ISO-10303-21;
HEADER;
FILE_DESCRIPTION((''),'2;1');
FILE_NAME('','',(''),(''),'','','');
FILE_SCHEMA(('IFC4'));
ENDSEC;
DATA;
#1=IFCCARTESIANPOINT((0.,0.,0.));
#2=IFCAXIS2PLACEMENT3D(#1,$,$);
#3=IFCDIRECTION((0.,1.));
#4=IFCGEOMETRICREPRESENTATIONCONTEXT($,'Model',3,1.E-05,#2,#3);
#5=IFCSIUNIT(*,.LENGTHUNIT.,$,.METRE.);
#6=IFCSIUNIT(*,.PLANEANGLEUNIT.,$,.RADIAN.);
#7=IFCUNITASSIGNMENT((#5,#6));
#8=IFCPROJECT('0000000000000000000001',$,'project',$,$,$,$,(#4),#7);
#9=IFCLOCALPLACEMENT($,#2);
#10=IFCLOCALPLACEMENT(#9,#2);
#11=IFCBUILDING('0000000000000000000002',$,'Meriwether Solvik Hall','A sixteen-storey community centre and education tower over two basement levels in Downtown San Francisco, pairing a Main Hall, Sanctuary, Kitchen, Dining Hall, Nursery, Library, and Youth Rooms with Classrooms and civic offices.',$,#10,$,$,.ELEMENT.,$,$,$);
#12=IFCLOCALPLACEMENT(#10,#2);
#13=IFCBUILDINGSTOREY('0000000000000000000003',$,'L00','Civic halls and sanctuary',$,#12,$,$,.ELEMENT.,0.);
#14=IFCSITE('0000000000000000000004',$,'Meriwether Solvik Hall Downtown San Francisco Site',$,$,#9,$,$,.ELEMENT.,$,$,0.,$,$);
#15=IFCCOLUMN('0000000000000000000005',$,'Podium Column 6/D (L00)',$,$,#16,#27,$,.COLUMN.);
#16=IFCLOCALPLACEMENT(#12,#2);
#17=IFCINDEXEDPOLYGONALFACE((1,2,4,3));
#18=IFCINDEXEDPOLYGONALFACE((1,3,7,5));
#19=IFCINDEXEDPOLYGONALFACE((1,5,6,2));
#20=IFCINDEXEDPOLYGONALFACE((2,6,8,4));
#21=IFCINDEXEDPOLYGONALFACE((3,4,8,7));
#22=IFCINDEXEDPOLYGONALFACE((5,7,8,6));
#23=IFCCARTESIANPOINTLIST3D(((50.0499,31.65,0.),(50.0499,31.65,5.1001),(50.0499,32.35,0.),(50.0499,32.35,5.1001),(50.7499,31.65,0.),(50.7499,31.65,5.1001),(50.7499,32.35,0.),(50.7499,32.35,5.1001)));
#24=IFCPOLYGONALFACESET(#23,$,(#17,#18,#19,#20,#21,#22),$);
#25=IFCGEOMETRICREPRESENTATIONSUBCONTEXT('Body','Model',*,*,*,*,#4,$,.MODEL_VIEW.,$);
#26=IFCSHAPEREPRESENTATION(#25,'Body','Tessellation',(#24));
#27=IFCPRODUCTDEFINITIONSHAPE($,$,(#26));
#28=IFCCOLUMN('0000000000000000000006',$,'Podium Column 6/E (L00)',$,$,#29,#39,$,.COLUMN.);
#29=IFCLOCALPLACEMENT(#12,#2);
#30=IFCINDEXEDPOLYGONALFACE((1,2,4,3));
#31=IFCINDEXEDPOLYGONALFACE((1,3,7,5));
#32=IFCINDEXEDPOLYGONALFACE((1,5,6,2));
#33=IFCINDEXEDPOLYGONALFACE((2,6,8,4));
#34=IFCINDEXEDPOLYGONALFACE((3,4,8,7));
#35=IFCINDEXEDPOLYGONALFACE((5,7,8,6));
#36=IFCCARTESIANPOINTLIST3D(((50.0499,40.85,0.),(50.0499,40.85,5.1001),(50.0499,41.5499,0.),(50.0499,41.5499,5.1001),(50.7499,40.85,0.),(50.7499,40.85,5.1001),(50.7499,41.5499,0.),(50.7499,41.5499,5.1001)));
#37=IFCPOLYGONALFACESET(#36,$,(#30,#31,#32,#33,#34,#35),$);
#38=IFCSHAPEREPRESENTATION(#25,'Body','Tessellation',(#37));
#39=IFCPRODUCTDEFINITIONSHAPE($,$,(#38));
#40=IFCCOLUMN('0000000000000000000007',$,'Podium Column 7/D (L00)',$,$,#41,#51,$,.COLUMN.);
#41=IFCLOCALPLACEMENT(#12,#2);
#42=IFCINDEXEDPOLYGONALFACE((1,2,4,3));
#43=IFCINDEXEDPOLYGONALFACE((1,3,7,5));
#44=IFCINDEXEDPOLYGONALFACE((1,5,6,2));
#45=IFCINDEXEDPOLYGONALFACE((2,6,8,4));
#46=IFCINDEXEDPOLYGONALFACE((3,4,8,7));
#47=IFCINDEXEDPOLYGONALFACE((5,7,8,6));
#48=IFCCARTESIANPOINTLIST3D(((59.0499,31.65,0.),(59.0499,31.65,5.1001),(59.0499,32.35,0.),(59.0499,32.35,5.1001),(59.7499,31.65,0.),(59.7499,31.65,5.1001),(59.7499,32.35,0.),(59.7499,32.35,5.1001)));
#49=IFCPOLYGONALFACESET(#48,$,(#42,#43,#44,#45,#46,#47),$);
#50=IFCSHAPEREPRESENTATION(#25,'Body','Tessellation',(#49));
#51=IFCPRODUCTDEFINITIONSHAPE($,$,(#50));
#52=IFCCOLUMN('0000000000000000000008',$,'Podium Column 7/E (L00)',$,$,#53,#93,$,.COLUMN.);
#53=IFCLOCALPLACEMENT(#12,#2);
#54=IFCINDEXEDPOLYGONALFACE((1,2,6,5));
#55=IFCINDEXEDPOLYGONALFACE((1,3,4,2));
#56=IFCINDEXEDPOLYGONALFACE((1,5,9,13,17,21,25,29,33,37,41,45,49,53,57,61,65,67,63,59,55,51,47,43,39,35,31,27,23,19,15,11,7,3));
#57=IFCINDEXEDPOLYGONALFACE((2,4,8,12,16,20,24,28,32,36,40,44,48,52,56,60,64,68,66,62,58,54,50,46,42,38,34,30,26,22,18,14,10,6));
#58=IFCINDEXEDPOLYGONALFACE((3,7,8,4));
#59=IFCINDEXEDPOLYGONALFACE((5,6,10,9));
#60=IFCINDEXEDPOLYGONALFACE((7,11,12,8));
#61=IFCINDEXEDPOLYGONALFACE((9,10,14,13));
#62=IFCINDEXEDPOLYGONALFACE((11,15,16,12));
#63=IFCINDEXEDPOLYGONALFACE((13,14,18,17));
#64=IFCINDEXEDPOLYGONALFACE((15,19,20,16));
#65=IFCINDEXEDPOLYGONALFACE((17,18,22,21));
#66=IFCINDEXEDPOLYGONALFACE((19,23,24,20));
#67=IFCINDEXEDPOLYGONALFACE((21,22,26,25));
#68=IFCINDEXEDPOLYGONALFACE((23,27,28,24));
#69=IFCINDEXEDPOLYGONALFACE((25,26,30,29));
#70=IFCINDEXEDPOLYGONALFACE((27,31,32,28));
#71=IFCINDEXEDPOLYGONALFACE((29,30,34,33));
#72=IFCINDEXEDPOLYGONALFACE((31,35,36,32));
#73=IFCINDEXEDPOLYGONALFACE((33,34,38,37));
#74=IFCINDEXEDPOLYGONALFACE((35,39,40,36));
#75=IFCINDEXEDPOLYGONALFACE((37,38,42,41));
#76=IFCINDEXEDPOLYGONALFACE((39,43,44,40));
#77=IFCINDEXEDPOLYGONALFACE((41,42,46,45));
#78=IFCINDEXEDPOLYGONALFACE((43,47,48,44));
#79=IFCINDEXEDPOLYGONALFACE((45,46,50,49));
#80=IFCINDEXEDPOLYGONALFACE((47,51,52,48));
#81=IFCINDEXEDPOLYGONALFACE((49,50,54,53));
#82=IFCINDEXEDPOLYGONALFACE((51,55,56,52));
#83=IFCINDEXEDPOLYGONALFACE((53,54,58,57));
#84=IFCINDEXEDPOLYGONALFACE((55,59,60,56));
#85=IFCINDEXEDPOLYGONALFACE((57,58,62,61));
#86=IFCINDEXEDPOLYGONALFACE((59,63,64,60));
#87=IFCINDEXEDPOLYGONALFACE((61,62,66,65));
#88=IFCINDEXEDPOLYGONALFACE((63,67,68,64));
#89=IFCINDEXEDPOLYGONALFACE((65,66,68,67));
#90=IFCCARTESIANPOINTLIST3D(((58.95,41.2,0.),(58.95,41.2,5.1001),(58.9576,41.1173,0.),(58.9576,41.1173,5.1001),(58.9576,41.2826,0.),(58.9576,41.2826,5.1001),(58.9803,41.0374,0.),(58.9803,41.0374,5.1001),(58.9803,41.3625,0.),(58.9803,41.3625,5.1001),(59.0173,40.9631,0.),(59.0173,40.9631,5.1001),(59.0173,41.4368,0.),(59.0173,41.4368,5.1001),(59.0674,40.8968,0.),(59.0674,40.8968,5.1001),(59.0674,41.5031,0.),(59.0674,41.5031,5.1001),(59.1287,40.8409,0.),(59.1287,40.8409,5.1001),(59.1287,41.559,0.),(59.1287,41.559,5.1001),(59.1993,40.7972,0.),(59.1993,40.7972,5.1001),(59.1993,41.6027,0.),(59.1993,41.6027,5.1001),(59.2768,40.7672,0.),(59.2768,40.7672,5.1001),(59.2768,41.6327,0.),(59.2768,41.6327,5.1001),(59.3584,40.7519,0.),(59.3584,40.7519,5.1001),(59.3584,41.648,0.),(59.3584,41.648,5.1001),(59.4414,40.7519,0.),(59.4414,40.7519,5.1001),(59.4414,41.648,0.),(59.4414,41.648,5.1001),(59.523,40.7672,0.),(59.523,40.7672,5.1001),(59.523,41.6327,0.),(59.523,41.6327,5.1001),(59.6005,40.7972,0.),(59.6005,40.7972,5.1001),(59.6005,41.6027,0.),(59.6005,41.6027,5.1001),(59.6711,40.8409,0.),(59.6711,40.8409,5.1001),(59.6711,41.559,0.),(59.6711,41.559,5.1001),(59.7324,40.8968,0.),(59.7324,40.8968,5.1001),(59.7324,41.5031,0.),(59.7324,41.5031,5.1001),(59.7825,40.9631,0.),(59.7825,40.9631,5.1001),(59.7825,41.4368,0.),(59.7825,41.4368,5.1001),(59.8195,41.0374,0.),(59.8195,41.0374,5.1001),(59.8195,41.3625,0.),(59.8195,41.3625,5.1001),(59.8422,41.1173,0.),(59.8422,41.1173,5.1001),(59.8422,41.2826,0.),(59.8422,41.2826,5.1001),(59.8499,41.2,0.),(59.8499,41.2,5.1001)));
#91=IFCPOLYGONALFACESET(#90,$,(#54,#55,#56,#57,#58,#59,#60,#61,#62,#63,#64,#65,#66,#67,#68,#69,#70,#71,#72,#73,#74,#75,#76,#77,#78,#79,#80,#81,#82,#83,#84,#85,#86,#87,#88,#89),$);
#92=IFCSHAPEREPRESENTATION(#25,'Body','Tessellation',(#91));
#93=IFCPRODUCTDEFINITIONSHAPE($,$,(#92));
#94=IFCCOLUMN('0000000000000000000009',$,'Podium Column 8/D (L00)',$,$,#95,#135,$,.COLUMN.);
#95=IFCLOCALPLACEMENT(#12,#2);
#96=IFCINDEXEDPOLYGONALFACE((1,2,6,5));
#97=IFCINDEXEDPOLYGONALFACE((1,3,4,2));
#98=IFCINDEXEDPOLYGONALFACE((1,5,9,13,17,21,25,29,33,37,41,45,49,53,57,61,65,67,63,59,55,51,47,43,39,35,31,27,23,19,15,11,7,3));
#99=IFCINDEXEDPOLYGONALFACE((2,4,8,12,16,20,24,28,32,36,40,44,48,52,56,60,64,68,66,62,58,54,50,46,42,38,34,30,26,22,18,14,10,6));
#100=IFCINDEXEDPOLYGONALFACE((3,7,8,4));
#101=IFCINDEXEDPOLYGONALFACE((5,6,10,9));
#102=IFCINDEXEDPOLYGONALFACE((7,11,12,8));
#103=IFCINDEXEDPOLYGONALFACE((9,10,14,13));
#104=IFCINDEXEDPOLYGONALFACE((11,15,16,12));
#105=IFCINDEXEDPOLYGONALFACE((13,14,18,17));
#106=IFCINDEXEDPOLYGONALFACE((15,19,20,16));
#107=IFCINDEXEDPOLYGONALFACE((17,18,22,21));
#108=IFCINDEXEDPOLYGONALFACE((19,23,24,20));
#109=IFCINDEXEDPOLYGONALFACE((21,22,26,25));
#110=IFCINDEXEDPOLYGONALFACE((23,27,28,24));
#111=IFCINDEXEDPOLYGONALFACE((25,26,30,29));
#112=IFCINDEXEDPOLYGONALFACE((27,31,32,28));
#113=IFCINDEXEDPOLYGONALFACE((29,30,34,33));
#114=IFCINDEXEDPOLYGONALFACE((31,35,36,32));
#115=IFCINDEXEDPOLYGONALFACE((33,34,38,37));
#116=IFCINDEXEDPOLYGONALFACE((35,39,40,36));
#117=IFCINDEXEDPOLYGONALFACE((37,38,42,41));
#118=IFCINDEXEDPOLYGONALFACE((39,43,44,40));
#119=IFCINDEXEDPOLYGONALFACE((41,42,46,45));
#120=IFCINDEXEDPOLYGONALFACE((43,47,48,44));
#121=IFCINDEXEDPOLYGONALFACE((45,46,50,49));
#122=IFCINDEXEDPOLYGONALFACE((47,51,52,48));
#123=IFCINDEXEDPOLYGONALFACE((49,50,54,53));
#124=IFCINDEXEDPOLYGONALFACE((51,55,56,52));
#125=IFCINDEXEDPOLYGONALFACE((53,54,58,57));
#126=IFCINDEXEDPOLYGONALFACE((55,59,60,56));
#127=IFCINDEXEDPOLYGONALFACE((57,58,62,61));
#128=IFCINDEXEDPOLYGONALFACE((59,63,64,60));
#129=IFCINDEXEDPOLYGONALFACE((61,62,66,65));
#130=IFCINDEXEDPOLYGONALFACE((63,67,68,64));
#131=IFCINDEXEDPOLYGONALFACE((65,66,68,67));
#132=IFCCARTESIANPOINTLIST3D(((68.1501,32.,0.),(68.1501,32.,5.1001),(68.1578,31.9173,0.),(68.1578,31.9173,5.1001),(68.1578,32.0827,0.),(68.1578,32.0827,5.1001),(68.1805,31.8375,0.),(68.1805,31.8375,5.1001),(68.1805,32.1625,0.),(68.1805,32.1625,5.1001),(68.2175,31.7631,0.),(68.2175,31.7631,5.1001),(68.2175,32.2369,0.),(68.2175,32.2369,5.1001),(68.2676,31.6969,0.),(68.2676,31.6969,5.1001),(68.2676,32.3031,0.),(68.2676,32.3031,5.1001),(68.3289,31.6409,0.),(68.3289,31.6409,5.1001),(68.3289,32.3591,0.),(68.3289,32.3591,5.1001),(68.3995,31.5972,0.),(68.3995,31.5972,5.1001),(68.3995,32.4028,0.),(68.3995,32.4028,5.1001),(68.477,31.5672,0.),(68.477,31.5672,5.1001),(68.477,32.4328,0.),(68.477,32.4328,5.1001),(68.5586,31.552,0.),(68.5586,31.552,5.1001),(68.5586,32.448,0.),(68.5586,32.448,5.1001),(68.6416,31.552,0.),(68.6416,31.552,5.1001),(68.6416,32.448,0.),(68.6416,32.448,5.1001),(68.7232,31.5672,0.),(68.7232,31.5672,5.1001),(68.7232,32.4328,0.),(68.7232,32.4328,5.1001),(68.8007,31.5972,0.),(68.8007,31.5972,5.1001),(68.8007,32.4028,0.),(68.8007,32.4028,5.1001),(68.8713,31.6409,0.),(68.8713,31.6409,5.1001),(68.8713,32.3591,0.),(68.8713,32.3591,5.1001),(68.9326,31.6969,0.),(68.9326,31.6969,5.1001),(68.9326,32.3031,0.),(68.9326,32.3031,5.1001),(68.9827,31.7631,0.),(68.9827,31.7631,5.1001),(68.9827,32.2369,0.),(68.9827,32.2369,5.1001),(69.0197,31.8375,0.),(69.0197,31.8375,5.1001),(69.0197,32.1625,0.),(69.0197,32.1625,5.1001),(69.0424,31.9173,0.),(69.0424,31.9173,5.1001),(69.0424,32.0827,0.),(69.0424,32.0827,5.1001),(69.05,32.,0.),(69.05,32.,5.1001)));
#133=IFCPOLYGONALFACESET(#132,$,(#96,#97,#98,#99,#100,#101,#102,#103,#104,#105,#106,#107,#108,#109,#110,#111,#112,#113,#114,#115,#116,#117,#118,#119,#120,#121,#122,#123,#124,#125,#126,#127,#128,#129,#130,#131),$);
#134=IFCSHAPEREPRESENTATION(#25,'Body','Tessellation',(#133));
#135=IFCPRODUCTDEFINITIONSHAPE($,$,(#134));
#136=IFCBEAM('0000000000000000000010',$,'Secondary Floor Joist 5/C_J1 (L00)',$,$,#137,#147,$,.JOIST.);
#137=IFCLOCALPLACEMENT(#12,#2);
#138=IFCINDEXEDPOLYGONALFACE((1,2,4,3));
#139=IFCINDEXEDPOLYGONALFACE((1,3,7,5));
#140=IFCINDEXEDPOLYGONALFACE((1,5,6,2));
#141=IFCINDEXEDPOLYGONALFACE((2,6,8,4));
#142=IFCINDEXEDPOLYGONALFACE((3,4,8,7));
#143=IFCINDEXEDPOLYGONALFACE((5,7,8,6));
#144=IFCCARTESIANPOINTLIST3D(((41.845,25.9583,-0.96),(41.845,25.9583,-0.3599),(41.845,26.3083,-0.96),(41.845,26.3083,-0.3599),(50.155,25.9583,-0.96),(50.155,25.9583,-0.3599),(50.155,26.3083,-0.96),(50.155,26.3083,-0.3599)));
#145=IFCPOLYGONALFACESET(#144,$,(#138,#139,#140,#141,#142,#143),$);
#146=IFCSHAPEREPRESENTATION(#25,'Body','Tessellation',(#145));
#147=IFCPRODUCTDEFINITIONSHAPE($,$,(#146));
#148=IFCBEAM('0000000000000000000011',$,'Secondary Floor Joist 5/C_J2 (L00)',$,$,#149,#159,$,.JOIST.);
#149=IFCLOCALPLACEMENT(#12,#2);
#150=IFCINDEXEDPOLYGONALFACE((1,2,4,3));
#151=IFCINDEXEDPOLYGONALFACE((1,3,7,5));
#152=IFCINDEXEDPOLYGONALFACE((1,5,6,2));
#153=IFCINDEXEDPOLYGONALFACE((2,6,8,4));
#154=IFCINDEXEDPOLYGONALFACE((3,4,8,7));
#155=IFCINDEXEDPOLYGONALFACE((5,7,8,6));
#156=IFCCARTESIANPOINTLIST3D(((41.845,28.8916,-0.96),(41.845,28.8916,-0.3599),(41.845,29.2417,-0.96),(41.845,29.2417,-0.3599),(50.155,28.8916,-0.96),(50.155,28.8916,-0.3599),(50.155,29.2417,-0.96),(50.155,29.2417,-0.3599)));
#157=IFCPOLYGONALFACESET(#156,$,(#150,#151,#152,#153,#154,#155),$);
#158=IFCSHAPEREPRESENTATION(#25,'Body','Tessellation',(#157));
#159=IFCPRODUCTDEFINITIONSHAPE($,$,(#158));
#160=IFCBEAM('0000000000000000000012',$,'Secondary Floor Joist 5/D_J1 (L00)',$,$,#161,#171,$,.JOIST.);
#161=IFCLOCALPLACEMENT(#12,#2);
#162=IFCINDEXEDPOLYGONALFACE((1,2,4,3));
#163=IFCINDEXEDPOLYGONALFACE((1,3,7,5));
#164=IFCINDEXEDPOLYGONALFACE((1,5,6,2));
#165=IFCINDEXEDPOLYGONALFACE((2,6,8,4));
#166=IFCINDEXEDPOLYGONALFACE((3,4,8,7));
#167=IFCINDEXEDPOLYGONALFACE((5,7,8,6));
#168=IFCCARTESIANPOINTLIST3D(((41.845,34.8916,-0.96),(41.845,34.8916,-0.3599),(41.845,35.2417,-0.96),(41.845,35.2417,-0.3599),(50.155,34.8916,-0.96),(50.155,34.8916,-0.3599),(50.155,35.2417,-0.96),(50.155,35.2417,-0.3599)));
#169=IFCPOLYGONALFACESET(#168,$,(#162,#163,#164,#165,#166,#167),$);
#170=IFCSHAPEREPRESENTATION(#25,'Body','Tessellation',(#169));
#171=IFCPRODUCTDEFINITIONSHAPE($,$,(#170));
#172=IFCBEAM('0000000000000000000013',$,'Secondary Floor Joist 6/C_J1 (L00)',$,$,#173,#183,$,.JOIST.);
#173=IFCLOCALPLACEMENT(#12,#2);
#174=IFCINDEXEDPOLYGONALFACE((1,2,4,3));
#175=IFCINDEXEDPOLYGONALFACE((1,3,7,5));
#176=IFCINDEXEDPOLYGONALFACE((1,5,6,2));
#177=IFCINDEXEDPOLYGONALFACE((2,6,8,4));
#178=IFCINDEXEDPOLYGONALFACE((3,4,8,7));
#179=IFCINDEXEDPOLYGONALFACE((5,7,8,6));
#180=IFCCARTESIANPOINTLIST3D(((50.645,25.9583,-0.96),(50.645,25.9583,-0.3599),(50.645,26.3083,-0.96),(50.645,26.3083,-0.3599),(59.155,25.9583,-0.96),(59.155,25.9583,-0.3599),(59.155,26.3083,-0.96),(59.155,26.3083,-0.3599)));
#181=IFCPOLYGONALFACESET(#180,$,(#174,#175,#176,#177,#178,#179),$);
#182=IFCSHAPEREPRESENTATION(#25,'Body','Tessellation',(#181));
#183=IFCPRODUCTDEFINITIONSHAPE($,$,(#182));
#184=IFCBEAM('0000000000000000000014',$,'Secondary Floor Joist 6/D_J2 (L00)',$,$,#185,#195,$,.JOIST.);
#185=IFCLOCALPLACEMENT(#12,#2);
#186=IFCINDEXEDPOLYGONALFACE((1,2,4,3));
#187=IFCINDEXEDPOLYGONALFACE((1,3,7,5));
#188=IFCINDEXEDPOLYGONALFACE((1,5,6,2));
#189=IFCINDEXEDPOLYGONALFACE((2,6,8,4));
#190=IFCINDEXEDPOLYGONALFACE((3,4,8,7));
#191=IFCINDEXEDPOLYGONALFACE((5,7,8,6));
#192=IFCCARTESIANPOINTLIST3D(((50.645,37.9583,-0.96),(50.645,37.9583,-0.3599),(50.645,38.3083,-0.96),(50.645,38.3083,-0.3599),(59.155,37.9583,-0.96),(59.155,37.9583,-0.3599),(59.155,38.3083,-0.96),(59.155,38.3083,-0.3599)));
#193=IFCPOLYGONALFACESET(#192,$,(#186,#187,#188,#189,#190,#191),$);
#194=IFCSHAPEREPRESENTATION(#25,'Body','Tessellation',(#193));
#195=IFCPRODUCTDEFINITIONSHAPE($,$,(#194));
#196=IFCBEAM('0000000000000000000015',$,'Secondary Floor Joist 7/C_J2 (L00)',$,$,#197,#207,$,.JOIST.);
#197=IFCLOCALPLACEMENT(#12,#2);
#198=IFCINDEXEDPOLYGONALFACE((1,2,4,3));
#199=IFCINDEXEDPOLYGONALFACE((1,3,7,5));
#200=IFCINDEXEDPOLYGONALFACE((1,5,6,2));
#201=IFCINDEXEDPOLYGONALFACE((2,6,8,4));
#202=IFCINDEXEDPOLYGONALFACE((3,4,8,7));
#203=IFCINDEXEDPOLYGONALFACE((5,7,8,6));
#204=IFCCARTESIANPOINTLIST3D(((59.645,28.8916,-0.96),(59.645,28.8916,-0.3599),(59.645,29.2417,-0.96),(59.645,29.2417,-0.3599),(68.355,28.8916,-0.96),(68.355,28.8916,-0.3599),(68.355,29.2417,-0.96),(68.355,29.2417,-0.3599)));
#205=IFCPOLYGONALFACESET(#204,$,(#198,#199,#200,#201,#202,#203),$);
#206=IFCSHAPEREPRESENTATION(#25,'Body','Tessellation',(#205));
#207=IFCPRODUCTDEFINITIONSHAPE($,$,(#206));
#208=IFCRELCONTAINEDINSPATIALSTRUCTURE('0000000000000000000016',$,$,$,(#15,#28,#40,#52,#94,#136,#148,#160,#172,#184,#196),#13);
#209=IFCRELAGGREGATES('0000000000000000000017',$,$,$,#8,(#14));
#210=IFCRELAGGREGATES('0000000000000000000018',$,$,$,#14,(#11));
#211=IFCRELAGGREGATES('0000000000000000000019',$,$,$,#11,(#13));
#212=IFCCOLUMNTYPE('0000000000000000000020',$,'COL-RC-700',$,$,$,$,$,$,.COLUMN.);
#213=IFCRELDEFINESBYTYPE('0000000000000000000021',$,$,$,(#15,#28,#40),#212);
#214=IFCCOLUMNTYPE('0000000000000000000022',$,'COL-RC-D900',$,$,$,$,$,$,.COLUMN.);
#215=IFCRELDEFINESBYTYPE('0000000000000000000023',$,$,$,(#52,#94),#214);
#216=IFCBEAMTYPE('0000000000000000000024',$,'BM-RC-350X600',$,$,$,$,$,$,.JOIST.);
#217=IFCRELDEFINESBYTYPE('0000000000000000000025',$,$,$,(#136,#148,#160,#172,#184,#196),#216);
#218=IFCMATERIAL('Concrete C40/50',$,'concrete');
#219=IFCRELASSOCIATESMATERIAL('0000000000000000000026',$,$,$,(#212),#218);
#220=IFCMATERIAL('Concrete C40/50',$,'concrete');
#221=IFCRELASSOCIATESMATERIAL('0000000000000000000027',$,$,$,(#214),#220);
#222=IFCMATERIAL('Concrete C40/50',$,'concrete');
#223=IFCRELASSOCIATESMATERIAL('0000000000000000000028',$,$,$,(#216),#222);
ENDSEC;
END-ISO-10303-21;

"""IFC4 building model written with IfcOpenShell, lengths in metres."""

from ifc_helpers import new_model, si_unit, direction, frame, origin, origin_2d, place, context, subcontext, project, spatial, rectangle, circle, extrude, material, material_profile, profile_set, type_object, element, save


model = new_model("IFC4")

# Units and contexts
model_context = context("Model", 3, precision=1e-05, world=origin(), true_north=direction((0.0, 1.0)))
body_context = subcontext(model_context, "Body", "Model", "MODEL_VIEW")
ifc_project = project(units=[si_unit("LENGTHUNIT", "METRE"), si_unit("PLANEANGLEUNIT", "RADIAN")], contexts=[model_context])

# Site, building, storey
site_placement = place(None, origin())
site = spatial("IfcSite", under=ifc_project, at=site_placement, Name="Meriwether Solvik Hall Downtown San Francisco Site", CompositionType="ELEMENT", RefElevation=0.0)
building_placement = place(site_placement, origin())
building = spatial("IfcBuilding", under=site, at=building_placement, Name="Meriwether Solvik Hall", Description="A sixteen-storey community centre and education tower over two basement levels in Downtown San Francisco, pairing a Main Hall, Sanctuary, Kitchen, Dining Hall, Nursery, Library, and Youth Rooms with Classrooms and civic offices.", CompositionType="ELEMENT")
storey_placement = place(building_placement, origin())
storey = spatial("IfcBuildingStorey", under=building, at=storey_placement, Name="L00", Description="Civic halls and sanctuary", CompositionType="ELEMENT", Elevation=0.0)

# Columns
ifc_material_1 = material(Name="Concrete C40/50", Category="concrete")
ifc_material_profile_1 = material_profile(ifc_material_1, rectangle(XDim=0.7, YDim=0.7, at=origin_2d()), Name="RCC-700X700")
ifc_profile_set_1 = profile_set([ifc_material_profile_1], Name="Concrete C40/50")
column_type_1 = type_object("IfcColumnType", Name="COL-RC-700", PredefinedType="COLUMN", material=ifc_profile_set_1)
for number, where, z_axis, x_axis, name in (
    (1, (50.3999, 32.0, 0.0), (0.0, 0.0, 1.0), (1.0, 0.0, 0.0), "Podium Column 6/D (L00)"),
    (2, (50.3999, 41.2, 0.0), (0.0, 0.0, 1.0), (1.0, 0.0, 0.0), "Podium Column 6/E (L00)"),
    (3, (59.3999, 32.0, 0.0), (0.0, 0.0, 1.0), (1.0, 0.0, 0.0), "Podium Column 7/D (L00)"),
):
    element("IfcColumn", number, at=place(storey_placement, frame(where, z_axis=z_axis, x_axis=x_axis)), inside=storey, type_object=column_type_1, Name=name, PredefinedType="COLUMN", context=body_context, shape_type="SweptSolid", body=[
        extrude(rectangle(XDim=0.7, YDim=0.7, at=origin_2d()), origin(), (0.0, 0.0, 1.0), 5.1001),
    ])
ifc_material_2 = material(Name="Concrete C40/50", Category="concrete")
ifc_material_profile_2 = material_profile(ifc_material_2, circle(Radius=0.45, at=origin_2d()), Name="RCC-D900")
ifc_profile_set_2 = profile_set([ifc_material_profile_2], Name="Concrete C40/50")
column_type_2 = type_object("IfcColumnType", Name="COL-RC-D900", PredefinedType="COLUMN", material=ifc_profile_set_2)
for number, where, z_axis, x_axis, name in (
    (4, (59.3999, 41.2, 0.0), (0.0, 0.0, 1.0), (1.0, 0.0, 0.0), "Podium Column 7/E (L00)"),
    (5, (68.6001, 32.0, 0.0), (0.0, 0.0, 1.0), (1.0, 0.0, 0.0), "Podium Column 8/D (L00)"),
):
    element("IfcColumn", number, at=place(storey_placement, frame(where, z_axis=z_axis, x_axis=x_axis)), inside=storey, type_object=column_type_2, Name=name, PredefinedType="COLUMN", context=body_context, shape_type="SweptSolid", body=[
        extrude(circle(Radius=0.45, at=origin_2d()), origin(), (0.0, 0.0, 1.0), 5.1001),
    ])

# Beams
ifc_material_3 = material(Name="Concrete C40/50", Category="concrete")
ifc_material_profile_3 = material_profile(ifc_material_3, rectangle(XDim=0.3501, YDim=0.6001, at=origin_2d()), Name="RCB-350X600")
ifc_profile_set_3 = profile_set([ifc_material_profile_3], Name="Concrete C40/50")
beam_type_1 = type_object("IfcBeamType", Name="BM-RC-350X600", PredefinedType="JOIST", material=ifc_profile_set_3)
for number, where, z_axis, x_axis, name in (
    (6, (41.845, 26.1333, -0.6599), (1.0, 0.0, 0.0), (0.0, 1.0, 0.0), "Secondary Floor Joist 5/C_J1 (L00)"),
    (7, (41.845, 29.0667, -0.6599), (1.0, 0.0, 0.0), (0.0, 1.0, 0.0), "Secondary Floor Joist 5/C_J2 (L00)"),
    (8, (41.845, 35.0667, -0.6599), (1.0, 0.0, 0.0), (0.0, 1.0, 0.0), "Secondary Floor Joist 5/D_J1 (L00)"),
):
    element("IfcBeam", number, at=place(storey_placement, frame(where, z_axis=z_axis, x_axis=x_axis)), inside=storey, type_object=beam_type_1, Name=name, PredefinedType="JOIST", context=body_context, shape_type="SweptSolid", body=[
        extrude(rectangle(XDim=0.3501, YDim=0.6001, at=origin_2d()), origin(), (0.0, 0.0, 1.0), 8.3101),
    ])
for number, where, z_axis, x_axis, name in (
    (9, (50.645, 26.1333, -0.6599), (1.0, 0.0, 0.0), (0.0, 1.0, 0.0), "Secondary Floor Joist 6/C_J1 (L00)"),
    (10, (50.645, 38.1333, -0.6599), (1.0, 0.0, 0.0), (0.0, 1.0, 0.0), "Secondary Floor Joist 6/D_J2 (L00)"),
):
    element("IfcBeam", number, at=place(storey_placement, frame(where, z_axis=z_axis, x_axis=x_axis)), inside=storey, type_object=beam_type_1, Name=name, PredefinedType="JOIST", context=body_context, shape_type="SweptSolid", body=[
        extrude(rectangle(XDim=0.3501, YDim=0.6001, at=origin_2d()), origin(), (0.0, 0.0, 1.0), 8.51),
    ])
beam_1_placement = place(storey_placement, frame((59.645, 29.0667, -0.6599), z_axis=(1.0, 0.0, 0.0), x_axis=(0.0, 1.0, 0.0)))
element("IfcBeam", 11, at=beam_1_placement, inside=storey, type_object=beam_type_1, Name="Secondary Floor Joist 7/C_J2 (L00)", PredefinedType="JOIST", context=body_context, shape_type="SweptSolid", body=[
    extrude(rectangle(XDim=0.3501, YDim=0.6001, at=origin_2d()), origin(), (0.0, 0.0, 1.0), 8.71),
])

save(model, "model.ifc")
